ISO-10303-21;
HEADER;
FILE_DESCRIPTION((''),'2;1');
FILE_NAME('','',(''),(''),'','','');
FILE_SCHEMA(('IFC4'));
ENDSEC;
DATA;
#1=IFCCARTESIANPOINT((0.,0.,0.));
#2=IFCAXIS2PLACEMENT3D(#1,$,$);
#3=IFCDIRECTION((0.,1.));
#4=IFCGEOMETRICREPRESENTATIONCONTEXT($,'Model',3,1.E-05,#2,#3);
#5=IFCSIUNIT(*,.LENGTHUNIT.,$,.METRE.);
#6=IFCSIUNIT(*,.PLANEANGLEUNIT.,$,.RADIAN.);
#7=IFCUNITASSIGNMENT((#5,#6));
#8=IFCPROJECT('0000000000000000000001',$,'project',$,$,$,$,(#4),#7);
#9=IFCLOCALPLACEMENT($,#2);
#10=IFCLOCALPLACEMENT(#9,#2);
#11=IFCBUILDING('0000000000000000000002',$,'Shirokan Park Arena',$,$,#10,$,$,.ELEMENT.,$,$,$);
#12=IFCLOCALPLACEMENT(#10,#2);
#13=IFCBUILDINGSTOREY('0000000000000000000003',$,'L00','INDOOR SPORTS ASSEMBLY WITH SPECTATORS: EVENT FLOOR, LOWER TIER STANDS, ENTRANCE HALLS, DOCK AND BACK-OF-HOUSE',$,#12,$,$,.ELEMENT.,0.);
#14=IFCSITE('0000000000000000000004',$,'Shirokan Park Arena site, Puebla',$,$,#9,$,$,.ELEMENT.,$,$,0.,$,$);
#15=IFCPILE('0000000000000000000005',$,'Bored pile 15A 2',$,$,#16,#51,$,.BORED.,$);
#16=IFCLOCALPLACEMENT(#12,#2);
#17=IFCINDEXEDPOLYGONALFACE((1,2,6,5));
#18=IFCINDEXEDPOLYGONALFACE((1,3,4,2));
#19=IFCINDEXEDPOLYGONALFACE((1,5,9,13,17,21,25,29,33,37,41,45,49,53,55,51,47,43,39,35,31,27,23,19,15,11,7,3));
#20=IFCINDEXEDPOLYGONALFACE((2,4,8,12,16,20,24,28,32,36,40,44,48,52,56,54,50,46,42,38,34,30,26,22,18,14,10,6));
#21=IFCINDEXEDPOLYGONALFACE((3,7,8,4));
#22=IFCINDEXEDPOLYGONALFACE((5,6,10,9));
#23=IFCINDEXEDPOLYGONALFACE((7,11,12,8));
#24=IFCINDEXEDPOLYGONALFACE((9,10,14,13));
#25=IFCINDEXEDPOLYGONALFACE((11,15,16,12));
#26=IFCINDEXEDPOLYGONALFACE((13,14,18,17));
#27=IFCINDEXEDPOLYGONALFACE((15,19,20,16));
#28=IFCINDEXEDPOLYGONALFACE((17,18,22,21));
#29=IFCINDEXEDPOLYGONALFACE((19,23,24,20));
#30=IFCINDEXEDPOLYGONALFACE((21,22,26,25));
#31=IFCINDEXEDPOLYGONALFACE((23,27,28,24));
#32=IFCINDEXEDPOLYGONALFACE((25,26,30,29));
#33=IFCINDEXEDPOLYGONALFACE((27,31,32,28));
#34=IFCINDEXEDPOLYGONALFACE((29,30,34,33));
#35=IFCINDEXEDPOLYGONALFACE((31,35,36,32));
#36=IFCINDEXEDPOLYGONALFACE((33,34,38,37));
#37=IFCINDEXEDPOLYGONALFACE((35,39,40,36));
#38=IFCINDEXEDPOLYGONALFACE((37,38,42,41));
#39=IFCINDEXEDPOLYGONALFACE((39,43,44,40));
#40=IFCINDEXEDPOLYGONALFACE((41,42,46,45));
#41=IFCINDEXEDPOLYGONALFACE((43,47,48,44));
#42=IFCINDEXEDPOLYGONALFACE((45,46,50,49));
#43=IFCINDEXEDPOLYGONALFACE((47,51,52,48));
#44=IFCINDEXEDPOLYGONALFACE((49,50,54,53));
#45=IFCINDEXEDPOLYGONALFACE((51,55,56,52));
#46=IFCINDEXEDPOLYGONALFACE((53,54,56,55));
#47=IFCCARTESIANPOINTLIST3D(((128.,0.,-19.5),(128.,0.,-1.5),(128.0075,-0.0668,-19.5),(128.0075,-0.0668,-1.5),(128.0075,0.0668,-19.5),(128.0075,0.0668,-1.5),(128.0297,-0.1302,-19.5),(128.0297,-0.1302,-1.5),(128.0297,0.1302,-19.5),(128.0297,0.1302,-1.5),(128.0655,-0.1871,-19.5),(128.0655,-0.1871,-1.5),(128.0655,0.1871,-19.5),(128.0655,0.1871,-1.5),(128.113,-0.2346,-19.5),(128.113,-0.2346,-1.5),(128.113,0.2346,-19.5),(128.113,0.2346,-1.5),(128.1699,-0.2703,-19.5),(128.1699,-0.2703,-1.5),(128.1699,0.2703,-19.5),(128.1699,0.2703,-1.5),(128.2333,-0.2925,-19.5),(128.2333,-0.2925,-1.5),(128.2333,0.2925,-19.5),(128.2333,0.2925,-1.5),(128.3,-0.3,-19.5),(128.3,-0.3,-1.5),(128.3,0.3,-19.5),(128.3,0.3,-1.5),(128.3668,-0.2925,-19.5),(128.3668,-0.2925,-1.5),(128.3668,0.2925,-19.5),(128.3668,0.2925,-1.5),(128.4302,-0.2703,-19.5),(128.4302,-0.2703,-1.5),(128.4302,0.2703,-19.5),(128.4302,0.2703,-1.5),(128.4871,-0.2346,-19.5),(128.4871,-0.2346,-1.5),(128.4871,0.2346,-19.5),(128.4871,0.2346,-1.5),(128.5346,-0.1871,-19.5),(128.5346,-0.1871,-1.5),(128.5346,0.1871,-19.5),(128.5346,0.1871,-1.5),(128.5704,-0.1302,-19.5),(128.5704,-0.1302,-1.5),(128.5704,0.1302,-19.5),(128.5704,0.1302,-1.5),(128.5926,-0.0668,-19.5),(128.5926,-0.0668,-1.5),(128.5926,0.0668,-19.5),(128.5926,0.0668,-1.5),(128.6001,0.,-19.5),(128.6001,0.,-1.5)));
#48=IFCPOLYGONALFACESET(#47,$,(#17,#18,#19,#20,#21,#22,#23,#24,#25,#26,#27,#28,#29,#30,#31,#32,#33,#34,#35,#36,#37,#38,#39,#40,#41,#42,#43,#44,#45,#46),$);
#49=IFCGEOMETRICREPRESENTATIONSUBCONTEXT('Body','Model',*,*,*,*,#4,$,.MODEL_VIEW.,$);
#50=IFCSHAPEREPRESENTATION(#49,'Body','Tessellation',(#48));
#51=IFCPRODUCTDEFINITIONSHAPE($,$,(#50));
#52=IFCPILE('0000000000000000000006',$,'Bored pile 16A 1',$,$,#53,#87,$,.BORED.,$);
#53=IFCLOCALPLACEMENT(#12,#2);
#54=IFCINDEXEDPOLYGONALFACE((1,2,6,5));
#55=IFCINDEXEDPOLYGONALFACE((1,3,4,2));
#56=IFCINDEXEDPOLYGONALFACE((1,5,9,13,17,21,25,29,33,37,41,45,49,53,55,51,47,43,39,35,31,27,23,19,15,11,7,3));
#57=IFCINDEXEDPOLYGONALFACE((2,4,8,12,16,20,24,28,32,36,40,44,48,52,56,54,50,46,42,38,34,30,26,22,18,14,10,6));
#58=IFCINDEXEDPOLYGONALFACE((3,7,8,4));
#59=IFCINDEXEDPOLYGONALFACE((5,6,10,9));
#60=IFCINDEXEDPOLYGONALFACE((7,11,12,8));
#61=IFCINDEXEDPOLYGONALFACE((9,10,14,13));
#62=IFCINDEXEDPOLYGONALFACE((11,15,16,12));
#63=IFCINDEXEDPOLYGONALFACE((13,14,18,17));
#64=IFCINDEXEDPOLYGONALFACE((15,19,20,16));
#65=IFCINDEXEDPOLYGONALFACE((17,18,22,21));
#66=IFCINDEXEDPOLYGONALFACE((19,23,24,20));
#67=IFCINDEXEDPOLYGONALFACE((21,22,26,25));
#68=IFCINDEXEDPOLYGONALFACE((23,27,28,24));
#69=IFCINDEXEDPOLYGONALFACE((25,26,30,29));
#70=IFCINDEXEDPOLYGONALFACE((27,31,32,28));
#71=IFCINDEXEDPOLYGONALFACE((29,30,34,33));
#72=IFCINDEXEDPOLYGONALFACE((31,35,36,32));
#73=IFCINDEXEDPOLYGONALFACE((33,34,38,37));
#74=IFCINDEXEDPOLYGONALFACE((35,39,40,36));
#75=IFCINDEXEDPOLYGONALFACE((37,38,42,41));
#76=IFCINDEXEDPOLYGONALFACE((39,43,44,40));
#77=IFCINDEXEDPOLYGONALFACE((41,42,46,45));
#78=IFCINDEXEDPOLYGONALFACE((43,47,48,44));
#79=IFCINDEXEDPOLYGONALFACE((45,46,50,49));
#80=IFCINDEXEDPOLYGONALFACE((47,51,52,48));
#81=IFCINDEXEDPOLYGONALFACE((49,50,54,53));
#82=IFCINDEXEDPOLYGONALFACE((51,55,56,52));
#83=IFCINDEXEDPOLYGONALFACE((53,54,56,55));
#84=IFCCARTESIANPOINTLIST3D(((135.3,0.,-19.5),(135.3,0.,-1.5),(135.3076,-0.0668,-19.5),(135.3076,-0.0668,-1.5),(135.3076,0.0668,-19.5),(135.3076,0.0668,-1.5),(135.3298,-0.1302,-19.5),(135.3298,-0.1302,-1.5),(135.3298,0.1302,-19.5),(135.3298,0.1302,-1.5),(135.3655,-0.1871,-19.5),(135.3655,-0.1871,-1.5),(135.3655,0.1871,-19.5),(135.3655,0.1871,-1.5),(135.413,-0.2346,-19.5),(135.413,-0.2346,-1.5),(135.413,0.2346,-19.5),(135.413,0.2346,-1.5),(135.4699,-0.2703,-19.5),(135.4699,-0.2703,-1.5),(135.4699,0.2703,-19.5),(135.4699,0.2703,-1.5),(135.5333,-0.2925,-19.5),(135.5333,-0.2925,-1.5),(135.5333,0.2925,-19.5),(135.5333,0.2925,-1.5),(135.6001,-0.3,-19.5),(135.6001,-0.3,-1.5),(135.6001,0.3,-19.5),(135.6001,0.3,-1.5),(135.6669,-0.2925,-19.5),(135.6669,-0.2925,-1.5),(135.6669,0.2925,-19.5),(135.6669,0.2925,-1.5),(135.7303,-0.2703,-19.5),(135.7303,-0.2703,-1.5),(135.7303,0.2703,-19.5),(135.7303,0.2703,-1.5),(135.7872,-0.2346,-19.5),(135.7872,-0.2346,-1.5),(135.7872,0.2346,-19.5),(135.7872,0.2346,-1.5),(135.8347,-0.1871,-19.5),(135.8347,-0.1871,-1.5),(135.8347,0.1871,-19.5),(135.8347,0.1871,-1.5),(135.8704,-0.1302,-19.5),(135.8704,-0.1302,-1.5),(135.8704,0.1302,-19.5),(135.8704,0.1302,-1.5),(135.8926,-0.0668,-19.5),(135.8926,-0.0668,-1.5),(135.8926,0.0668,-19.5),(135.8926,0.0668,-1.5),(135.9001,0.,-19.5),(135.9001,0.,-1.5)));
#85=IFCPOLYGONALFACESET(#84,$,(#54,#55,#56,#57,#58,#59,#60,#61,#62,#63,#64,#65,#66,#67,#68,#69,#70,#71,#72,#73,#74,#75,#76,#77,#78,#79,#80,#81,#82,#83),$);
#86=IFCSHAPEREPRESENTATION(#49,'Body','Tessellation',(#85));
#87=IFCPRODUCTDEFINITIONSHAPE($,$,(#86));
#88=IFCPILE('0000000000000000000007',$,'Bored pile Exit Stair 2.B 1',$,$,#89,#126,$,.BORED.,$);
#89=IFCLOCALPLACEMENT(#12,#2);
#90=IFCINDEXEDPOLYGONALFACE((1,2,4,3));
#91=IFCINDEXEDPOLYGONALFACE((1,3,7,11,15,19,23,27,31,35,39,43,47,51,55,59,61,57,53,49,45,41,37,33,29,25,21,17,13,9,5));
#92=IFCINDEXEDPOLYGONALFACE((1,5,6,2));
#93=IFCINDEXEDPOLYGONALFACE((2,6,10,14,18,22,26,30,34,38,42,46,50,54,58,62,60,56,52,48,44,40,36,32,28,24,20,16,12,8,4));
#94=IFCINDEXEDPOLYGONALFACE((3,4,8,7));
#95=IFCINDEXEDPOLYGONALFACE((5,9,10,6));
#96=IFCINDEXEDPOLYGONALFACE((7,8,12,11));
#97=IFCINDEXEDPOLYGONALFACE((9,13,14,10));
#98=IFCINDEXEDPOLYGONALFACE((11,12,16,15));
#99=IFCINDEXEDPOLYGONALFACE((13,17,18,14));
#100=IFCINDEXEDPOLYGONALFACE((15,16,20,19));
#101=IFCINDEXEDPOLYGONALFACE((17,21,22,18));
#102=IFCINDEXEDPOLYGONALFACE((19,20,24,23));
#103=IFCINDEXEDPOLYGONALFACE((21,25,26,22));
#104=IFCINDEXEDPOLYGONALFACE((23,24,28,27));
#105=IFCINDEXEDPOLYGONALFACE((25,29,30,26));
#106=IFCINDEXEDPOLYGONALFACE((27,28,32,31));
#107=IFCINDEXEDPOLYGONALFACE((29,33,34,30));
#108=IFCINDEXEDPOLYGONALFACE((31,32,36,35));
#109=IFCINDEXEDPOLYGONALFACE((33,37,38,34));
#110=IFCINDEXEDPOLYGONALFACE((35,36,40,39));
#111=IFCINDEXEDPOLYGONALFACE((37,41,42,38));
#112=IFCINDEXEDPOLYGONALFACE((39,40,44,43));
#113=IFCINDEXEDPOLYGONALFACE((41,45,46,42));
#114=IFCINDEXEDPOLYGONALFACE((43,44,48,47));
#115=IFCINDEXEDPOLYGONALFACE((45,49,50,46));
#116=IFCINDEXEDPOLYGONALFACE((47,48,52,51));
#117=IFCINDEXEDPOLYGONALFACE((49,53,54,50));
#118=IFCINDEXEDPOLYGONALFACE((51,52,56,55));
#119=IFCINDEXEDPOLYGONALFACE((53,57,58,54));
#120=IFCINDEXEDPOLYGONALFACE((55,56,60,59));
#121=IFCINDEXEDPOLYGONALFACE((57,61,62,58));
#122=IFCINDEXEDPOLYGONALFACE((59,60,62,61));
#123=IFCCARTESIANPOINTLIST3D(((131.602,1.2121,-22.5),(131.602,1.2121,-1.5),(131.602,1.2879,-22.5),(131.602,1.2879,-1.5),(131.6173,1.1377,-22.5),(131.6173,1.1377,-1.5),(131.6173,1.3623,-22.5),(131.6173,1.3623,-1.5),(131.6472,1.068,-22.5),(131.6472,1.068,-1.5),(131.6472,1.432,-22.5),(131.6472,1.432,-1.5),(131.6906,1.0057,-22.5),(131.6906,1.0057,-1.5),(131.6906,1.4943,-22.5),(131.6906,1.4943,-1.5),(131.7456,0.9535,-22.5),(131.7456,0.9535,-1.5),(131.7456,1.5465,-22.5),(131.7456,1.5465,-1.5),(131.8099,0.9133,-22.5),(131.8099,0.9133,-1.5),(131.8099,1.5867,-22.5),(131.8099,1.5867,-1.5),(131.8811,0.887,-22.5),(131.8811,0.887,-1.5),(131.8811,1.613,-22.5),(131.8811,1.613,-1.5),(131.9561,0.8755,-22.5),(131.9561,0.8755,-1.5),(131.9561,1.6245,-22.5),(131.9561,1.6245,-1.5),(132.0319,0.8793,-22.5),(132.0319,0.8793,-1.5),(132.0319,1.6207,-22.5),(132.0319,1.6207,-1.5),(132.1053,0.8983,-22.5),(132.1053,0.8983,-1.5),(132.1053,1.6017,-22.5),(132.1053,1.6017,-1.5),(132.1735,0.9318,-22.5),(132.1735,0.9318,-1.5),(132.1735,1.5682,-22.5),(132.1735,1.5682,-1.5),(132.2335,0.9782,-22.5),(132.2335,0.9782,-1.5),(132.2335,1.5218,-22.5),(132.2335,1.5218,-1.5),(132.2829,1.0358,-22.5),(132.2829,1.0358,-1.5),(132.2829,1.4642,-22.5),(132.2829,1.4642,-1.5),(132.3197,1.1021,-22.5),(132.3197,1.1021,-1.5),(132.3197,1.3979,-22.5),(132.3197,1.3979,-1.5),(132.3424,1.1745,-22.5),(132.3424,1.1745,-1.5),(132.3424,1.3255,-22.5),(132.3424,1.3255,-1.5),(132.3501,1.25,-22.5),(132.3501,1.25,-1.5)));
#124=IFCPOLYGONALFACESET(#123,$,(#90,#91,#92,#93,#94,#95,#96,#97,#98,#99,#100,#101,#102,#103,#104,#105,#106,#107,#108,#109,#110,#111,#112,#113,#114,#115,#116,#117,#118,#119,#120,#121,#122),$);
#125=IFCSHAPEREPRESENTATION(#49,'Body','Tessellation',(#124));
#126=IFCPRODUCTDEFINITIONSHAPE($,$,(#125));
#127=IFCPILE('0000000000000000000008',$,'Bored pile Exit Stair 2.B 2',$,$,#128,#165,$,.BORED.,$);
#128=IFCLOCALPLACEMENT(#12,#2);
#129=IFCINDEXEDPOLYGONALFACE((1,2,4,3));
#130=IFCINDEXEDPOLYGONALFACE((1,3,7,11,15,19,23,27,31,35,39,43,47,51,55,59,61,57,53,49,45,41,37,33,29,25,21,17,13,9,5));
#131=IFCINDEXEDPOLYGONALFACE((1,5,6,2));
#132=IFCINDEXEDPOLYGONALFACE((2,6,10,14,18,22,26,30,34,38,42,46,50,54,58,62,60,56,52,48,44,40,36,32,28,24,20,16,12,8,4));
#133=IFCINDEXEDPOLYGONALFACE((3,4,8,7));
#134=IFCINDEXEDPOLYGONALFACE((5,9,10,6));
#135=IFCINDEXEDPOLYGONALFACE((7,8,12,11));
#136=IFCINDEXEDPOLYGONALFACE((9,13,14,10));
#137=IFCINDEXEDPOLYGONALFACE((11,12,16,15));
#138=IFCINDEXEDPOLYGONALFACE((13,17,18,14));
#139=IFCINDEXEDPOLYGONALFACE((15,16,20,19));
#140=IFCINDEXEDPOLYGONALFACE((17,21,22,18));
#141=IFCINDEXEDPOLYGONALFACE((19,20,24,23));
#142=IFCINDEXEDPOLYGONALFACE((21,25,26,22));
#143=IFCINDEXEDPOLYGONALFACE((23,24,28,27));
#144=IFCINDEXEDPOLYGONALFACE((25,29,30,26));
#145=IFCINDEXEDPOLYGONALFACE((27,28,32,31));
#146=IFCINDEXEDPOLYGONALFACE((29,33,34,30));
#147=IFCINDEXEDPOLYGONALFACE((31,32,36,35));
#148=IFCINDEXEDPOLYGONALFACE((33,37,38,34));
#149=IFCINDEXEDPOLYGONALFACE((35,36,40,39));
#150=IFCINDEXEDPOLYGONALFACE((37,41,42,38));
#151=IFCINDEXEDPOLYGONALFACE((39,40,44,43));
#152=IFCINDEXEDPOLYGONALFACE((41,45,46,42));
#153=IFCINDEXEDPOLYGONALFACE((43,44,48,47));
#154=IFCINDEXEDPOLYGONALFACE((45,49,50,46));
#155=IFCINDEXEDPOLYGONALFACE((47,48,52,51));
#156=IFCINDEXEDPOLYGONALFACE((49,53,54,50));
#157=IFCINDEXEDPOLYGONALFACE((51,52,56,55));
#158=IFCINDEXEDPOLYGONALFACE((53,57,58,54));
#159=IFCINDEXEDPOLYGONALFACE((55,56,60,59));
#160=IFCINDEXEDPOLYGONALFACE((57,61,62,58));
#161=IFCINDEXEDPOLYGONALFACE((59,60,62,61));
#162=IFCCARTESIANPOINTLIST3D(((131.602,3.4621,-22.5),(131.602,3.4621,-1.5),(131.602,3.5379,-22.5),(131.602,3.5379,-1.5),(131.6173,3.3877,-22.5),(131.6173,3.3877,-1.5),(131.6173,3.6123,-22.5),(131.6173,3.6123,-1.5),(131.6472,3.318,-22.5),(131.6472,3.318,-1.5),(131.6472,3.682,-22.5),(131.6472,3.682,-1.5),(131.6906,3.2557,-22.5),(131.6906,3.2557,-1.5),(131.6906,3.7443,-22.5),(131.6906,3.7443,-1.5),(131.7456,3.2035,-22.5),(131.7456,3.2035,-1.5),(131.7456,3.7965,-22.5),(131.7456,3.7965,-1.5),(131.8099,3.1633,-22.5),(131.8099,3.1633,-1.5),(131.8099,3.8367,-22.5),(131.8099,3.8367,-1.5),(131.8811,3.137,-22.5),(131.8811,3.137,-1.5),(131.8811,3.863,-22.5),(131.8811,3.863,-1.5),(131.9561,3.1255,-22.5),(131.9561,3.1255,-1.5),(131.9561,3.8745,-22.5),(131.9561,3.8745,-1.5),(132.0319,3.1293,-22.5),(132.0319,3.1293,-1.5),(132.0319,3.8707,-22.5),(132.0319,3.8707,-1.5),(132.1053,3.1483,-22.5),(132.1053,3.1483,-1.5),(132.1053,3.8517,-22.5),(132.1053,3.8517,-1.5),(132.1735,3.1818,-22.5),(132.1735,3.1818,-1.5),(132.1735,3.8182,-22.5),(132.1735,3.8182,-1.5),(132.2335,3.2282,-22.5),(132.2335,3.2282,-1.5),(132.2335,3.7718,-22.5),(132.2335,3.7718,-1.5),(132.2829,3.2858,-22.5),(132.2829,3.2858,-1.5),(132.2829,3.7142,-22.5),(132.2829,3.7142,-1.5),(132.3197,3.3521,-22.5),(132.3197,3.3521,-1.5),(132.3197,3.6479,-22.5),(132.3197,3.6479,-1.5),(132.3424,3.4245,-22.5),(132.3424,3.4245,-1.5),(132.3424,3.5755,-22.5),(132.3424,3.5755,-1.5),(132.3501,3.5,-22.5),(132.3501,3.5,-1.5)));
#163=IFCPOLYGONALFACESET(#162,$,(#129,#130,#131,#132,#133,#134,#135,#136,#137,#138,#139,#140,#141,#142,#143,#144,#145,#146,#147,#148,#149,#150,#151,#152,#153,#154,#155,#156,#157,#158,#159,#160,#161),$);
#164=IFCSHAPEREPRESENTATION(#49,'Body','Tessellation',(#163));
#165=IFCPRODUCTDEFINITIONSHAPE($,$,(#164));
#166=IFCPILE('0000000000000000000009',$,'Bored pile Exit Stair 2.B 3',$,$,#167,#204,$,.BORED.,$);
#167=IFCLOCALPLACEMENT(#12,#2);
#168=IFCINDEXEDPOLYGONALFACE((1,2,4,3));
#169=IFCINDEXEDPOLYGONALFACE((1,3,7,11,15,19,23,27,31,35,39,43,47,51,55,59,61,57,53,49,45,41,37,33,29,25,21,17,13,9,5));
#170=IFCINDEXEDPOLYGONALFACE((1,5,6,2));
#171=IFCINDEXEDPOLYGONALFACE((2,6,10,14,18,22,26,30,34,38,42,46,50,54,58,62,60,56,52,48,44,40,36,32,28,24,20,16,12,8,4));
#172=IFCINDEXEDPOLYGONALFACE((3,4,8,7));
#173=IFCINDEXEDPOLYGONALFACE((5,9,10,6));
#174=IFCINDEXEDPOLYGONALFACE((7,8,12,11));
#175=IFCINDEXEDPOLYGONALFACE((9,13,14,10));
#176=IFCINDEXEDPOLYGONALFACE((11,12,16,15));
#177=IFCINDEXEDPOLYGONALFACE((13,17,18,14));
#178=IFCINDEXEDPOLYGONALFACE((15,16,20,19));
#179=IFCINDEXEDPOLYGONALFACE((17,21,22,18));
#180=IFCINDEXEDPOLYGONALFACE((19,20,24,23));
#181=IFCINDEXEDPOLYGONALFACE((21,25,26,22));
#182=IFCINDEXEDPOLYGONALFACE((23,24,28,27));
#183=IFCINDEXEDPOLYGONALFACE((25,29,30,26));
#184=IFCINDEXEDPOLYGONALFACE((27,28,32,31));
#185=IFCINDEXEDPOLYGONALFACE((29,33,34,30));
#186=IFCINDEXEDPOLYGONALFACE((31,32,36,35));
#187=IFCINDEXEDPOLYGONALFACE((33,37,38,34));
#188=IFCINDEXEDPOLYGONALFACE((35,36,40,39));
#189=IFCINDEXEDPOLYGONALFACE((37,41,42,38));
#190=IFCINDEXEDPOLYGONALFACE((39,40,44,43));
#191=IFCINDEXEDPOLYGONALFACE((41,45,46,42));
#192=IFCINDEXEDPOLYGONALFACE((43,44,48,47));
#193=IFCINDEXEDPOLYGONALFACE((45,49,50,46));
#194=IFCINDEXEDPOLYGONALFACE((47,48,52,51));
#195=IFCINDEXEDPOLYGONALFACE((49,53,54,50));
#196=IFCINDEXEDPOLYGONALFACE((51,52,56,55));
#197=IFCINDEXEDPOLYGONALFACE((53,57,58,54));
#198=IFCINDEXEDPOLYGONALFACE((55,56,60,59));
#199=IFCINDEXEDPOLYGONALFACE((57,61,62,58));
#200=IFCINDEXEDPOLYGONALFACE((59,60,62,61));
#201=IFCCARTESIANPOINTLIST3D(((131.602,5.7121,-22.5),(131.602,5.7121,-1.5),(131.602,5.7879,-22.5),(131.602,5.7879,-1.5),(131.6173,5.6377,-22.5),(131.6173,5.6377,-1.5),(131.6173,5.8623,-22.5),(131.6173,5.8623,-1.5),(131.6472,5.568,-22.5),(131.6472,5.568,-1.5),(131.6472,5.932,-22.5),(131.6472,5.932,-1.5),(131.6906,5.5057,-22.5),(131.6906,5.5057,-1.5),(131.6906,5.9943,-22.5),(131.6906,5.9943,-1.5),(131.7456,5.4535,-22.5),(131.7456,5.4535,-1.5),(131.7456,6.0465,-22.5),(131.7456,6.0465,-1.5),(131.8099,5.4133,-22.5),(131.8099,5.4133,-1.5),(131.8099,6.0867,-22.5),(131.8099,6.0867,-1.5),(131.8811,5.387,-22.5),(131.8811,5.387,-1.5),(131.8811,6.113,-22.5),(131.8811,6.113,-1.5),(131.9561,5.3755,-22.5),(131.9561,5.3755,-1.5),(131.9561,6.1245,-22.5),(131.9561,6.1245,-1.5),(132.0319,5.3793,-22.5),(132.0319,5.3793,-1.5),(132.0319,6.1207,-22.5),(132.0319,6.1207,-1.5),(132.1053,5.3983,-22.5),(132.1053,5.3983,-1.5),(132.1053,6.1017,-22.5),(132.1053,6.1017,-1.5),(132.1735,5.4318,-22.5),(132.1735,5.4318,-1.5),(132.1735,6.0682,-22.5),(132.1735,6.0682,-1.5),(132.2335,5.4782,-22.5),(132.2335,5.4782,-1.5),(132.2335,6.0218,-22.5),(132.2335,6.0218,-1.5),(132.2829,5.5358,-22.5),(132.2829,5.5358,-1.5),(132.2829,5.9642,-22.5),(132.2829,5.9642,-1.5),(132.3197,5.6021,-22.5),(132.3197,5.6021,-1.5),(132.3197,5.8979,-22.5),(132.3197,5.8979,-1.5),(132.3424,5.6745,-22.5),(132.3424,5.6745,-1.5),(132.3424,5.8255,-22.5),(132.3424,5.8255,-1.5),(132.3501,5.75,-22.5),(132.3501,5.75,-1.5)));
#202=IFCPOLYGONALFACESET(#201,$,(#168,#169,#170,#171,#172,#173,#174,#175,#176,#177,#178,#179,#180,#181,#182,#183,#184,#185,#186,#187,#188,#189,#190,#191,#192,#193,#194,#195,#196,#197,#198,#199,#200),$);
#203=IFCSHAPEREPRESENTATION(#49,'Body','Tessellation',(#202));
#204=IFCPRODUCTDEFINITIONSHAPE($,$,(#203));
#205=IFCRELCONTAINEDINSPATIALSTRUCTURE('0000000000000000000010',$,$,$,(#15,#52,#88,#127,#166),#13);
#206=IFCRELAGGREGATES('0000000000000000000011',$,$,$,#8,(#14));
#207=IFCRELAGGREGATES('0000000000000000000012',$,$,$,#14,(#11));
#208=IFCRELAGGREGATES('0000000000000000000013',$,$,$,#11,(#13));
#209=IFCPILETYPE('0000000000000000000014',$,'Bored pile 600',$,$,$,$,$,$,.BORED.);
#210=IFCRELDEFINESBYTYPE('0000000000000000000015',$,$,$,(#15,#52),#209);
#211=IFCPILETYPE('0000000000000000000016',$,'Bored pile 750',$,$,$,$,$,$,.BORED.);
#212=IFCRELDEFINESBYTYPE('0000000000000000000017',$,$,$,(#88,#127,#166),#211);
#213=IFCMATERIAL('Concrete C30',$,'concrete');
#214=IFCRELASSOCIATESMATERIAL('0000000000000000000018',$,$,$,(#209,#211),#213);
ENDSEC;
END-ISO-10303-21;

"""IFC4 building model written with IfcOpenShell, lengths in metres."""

from ifc_helpers import new_model, si_unit, direction, frame, origin, origin_2d, place, context, subcontext, project, spatial, circle, extrude, material, material_profile, profile_set, type_object, element, save


model = new_model("IFC4")

# Units and contexts
model_context = context("Model", 3, precision=1e-05, world=origin(), true_north=direction((0.0, 1.0)))
body_context = subcontext(model_context, "Body", "Model", "MODEL_VIEW")
ifc_project = project(units=[si_unit("LENGTHUNIT", "METRE"), si_unit("PLANEANGLEUNIT", "RADIAN")], contexts=[model_context])

# Site, building, storey
site_placement = place(None, origin())
site = spatial("IfcSite", under=ifc_project, at=site_placement, Name="Shirokan Park Arena site, Puebla", CompositionType="ELEMENT", RefElevation=0.0)
building_placement = place(site_placement, origin())
building = spatial("IfcBuilding", under=site, at=building_placement, Name="Shirokan Park Arena", CompositionType="ELEMENT")
storey_placement = place(building_placement, origin())
storey = spatial("IfcBuildingStorey", under=building, at=storey_placement, Name="L00", Description="INDOOR SPORTS ASSEMBLY WITH SPECTATORS: EVENT FLOOR, LOWER TIER STANDS, ENTRANCE HALLS, DOCK AND BACK-OF-HOUSE", CompositionType="ELEMENT", Elevation=0.0)

# Piles
ifc_material_1 = material(Name="Concrete C30", Category="concrete")
ifc_material_profile_1 = material_profile(ifc_material_1, circle(Radius=0.3, at=origin_2d()), Name="D600")
ifc_profile_set_1 = profile_set([ifc_material_profile_1], Name="Concrete C30")
pile_type_1 = type_object("IfcPileType", Name="Bored pile 600", PredefinedType="BORED", material=ifc_profile_set_1)
for number, where, z_axis, x_axis, name in (
    (1, (128.3, 0.0, -1.5), (0.0, 0.0, -1.0), (1.0, 0.0, 0.0), "Bored pile 15A 2"),
    (2, (135.6001, 0.0, -1.5), (0.0, 0.0, -1.0), (1.0, 0.0, 0.0), "Bored pile 16A 1"),
):
    element("IfcPile", number, at=place(storey_placement, frame(where, z_axis=z_axis, x_axis=x_axis)), inside=storey, type_object=pile_type_1, Name=name, PredefinedType="BORED", context=body_context, shape_type="SweptSolid", body=[
        extrude(circle(Radius=0.3, at=origin_2d()), origin(), (0.0, 0.0, 1.0), 18.0),
    ])
ifc_material_profile_2 = material_profile(ifc_material_1, circle(Radius=0.375, at=origin_2d()), Name="D750")
ifc_profile_set_2 = profile_set([ifc_material_profile_2], Name="Concrete C30")
pile_type_2 = type_object("IfcPileType", Name="Bored pile 750", PredefinedType="BORED", material=ifc_profile_set_2)
for number, where, z_axis, x_axis, name in (
    (3, (131.9751, 1.25, -1.5), (0.0, 0.0, -1.0), (1.0, 0.0, 0.0), "Bored pile Exit Stair 2.B 1"),
    (4, (131.9751, 3.5, -1.5), (0.0, 0.0, -1.0), (1.0, 0.0, 0.0), "Bored pile Exit Stair 2.B 2"),
    (5, (131.9751, 5.75, -1.5), (0.0, 0.0, -1.0), (1.0, 0.0, 0.0), "Bored pile Exit Stair 2.B 3"),
):
    element("IfcPile", number, at=place(storey_placement, frame(where, z_axis=z_axis, x_axis=x_axis)), inside=storey, type_object=pile_type_2, Name=name, PredefinedType="BORED", context=body_context, shape_type="SweptSolid", body=[
        extrude(circle(Radius=0.375, at=origin_2d()), origin(), (0.0, 0.0, 1.0), 21.0),
    ])

save(model, "model.ifc")
